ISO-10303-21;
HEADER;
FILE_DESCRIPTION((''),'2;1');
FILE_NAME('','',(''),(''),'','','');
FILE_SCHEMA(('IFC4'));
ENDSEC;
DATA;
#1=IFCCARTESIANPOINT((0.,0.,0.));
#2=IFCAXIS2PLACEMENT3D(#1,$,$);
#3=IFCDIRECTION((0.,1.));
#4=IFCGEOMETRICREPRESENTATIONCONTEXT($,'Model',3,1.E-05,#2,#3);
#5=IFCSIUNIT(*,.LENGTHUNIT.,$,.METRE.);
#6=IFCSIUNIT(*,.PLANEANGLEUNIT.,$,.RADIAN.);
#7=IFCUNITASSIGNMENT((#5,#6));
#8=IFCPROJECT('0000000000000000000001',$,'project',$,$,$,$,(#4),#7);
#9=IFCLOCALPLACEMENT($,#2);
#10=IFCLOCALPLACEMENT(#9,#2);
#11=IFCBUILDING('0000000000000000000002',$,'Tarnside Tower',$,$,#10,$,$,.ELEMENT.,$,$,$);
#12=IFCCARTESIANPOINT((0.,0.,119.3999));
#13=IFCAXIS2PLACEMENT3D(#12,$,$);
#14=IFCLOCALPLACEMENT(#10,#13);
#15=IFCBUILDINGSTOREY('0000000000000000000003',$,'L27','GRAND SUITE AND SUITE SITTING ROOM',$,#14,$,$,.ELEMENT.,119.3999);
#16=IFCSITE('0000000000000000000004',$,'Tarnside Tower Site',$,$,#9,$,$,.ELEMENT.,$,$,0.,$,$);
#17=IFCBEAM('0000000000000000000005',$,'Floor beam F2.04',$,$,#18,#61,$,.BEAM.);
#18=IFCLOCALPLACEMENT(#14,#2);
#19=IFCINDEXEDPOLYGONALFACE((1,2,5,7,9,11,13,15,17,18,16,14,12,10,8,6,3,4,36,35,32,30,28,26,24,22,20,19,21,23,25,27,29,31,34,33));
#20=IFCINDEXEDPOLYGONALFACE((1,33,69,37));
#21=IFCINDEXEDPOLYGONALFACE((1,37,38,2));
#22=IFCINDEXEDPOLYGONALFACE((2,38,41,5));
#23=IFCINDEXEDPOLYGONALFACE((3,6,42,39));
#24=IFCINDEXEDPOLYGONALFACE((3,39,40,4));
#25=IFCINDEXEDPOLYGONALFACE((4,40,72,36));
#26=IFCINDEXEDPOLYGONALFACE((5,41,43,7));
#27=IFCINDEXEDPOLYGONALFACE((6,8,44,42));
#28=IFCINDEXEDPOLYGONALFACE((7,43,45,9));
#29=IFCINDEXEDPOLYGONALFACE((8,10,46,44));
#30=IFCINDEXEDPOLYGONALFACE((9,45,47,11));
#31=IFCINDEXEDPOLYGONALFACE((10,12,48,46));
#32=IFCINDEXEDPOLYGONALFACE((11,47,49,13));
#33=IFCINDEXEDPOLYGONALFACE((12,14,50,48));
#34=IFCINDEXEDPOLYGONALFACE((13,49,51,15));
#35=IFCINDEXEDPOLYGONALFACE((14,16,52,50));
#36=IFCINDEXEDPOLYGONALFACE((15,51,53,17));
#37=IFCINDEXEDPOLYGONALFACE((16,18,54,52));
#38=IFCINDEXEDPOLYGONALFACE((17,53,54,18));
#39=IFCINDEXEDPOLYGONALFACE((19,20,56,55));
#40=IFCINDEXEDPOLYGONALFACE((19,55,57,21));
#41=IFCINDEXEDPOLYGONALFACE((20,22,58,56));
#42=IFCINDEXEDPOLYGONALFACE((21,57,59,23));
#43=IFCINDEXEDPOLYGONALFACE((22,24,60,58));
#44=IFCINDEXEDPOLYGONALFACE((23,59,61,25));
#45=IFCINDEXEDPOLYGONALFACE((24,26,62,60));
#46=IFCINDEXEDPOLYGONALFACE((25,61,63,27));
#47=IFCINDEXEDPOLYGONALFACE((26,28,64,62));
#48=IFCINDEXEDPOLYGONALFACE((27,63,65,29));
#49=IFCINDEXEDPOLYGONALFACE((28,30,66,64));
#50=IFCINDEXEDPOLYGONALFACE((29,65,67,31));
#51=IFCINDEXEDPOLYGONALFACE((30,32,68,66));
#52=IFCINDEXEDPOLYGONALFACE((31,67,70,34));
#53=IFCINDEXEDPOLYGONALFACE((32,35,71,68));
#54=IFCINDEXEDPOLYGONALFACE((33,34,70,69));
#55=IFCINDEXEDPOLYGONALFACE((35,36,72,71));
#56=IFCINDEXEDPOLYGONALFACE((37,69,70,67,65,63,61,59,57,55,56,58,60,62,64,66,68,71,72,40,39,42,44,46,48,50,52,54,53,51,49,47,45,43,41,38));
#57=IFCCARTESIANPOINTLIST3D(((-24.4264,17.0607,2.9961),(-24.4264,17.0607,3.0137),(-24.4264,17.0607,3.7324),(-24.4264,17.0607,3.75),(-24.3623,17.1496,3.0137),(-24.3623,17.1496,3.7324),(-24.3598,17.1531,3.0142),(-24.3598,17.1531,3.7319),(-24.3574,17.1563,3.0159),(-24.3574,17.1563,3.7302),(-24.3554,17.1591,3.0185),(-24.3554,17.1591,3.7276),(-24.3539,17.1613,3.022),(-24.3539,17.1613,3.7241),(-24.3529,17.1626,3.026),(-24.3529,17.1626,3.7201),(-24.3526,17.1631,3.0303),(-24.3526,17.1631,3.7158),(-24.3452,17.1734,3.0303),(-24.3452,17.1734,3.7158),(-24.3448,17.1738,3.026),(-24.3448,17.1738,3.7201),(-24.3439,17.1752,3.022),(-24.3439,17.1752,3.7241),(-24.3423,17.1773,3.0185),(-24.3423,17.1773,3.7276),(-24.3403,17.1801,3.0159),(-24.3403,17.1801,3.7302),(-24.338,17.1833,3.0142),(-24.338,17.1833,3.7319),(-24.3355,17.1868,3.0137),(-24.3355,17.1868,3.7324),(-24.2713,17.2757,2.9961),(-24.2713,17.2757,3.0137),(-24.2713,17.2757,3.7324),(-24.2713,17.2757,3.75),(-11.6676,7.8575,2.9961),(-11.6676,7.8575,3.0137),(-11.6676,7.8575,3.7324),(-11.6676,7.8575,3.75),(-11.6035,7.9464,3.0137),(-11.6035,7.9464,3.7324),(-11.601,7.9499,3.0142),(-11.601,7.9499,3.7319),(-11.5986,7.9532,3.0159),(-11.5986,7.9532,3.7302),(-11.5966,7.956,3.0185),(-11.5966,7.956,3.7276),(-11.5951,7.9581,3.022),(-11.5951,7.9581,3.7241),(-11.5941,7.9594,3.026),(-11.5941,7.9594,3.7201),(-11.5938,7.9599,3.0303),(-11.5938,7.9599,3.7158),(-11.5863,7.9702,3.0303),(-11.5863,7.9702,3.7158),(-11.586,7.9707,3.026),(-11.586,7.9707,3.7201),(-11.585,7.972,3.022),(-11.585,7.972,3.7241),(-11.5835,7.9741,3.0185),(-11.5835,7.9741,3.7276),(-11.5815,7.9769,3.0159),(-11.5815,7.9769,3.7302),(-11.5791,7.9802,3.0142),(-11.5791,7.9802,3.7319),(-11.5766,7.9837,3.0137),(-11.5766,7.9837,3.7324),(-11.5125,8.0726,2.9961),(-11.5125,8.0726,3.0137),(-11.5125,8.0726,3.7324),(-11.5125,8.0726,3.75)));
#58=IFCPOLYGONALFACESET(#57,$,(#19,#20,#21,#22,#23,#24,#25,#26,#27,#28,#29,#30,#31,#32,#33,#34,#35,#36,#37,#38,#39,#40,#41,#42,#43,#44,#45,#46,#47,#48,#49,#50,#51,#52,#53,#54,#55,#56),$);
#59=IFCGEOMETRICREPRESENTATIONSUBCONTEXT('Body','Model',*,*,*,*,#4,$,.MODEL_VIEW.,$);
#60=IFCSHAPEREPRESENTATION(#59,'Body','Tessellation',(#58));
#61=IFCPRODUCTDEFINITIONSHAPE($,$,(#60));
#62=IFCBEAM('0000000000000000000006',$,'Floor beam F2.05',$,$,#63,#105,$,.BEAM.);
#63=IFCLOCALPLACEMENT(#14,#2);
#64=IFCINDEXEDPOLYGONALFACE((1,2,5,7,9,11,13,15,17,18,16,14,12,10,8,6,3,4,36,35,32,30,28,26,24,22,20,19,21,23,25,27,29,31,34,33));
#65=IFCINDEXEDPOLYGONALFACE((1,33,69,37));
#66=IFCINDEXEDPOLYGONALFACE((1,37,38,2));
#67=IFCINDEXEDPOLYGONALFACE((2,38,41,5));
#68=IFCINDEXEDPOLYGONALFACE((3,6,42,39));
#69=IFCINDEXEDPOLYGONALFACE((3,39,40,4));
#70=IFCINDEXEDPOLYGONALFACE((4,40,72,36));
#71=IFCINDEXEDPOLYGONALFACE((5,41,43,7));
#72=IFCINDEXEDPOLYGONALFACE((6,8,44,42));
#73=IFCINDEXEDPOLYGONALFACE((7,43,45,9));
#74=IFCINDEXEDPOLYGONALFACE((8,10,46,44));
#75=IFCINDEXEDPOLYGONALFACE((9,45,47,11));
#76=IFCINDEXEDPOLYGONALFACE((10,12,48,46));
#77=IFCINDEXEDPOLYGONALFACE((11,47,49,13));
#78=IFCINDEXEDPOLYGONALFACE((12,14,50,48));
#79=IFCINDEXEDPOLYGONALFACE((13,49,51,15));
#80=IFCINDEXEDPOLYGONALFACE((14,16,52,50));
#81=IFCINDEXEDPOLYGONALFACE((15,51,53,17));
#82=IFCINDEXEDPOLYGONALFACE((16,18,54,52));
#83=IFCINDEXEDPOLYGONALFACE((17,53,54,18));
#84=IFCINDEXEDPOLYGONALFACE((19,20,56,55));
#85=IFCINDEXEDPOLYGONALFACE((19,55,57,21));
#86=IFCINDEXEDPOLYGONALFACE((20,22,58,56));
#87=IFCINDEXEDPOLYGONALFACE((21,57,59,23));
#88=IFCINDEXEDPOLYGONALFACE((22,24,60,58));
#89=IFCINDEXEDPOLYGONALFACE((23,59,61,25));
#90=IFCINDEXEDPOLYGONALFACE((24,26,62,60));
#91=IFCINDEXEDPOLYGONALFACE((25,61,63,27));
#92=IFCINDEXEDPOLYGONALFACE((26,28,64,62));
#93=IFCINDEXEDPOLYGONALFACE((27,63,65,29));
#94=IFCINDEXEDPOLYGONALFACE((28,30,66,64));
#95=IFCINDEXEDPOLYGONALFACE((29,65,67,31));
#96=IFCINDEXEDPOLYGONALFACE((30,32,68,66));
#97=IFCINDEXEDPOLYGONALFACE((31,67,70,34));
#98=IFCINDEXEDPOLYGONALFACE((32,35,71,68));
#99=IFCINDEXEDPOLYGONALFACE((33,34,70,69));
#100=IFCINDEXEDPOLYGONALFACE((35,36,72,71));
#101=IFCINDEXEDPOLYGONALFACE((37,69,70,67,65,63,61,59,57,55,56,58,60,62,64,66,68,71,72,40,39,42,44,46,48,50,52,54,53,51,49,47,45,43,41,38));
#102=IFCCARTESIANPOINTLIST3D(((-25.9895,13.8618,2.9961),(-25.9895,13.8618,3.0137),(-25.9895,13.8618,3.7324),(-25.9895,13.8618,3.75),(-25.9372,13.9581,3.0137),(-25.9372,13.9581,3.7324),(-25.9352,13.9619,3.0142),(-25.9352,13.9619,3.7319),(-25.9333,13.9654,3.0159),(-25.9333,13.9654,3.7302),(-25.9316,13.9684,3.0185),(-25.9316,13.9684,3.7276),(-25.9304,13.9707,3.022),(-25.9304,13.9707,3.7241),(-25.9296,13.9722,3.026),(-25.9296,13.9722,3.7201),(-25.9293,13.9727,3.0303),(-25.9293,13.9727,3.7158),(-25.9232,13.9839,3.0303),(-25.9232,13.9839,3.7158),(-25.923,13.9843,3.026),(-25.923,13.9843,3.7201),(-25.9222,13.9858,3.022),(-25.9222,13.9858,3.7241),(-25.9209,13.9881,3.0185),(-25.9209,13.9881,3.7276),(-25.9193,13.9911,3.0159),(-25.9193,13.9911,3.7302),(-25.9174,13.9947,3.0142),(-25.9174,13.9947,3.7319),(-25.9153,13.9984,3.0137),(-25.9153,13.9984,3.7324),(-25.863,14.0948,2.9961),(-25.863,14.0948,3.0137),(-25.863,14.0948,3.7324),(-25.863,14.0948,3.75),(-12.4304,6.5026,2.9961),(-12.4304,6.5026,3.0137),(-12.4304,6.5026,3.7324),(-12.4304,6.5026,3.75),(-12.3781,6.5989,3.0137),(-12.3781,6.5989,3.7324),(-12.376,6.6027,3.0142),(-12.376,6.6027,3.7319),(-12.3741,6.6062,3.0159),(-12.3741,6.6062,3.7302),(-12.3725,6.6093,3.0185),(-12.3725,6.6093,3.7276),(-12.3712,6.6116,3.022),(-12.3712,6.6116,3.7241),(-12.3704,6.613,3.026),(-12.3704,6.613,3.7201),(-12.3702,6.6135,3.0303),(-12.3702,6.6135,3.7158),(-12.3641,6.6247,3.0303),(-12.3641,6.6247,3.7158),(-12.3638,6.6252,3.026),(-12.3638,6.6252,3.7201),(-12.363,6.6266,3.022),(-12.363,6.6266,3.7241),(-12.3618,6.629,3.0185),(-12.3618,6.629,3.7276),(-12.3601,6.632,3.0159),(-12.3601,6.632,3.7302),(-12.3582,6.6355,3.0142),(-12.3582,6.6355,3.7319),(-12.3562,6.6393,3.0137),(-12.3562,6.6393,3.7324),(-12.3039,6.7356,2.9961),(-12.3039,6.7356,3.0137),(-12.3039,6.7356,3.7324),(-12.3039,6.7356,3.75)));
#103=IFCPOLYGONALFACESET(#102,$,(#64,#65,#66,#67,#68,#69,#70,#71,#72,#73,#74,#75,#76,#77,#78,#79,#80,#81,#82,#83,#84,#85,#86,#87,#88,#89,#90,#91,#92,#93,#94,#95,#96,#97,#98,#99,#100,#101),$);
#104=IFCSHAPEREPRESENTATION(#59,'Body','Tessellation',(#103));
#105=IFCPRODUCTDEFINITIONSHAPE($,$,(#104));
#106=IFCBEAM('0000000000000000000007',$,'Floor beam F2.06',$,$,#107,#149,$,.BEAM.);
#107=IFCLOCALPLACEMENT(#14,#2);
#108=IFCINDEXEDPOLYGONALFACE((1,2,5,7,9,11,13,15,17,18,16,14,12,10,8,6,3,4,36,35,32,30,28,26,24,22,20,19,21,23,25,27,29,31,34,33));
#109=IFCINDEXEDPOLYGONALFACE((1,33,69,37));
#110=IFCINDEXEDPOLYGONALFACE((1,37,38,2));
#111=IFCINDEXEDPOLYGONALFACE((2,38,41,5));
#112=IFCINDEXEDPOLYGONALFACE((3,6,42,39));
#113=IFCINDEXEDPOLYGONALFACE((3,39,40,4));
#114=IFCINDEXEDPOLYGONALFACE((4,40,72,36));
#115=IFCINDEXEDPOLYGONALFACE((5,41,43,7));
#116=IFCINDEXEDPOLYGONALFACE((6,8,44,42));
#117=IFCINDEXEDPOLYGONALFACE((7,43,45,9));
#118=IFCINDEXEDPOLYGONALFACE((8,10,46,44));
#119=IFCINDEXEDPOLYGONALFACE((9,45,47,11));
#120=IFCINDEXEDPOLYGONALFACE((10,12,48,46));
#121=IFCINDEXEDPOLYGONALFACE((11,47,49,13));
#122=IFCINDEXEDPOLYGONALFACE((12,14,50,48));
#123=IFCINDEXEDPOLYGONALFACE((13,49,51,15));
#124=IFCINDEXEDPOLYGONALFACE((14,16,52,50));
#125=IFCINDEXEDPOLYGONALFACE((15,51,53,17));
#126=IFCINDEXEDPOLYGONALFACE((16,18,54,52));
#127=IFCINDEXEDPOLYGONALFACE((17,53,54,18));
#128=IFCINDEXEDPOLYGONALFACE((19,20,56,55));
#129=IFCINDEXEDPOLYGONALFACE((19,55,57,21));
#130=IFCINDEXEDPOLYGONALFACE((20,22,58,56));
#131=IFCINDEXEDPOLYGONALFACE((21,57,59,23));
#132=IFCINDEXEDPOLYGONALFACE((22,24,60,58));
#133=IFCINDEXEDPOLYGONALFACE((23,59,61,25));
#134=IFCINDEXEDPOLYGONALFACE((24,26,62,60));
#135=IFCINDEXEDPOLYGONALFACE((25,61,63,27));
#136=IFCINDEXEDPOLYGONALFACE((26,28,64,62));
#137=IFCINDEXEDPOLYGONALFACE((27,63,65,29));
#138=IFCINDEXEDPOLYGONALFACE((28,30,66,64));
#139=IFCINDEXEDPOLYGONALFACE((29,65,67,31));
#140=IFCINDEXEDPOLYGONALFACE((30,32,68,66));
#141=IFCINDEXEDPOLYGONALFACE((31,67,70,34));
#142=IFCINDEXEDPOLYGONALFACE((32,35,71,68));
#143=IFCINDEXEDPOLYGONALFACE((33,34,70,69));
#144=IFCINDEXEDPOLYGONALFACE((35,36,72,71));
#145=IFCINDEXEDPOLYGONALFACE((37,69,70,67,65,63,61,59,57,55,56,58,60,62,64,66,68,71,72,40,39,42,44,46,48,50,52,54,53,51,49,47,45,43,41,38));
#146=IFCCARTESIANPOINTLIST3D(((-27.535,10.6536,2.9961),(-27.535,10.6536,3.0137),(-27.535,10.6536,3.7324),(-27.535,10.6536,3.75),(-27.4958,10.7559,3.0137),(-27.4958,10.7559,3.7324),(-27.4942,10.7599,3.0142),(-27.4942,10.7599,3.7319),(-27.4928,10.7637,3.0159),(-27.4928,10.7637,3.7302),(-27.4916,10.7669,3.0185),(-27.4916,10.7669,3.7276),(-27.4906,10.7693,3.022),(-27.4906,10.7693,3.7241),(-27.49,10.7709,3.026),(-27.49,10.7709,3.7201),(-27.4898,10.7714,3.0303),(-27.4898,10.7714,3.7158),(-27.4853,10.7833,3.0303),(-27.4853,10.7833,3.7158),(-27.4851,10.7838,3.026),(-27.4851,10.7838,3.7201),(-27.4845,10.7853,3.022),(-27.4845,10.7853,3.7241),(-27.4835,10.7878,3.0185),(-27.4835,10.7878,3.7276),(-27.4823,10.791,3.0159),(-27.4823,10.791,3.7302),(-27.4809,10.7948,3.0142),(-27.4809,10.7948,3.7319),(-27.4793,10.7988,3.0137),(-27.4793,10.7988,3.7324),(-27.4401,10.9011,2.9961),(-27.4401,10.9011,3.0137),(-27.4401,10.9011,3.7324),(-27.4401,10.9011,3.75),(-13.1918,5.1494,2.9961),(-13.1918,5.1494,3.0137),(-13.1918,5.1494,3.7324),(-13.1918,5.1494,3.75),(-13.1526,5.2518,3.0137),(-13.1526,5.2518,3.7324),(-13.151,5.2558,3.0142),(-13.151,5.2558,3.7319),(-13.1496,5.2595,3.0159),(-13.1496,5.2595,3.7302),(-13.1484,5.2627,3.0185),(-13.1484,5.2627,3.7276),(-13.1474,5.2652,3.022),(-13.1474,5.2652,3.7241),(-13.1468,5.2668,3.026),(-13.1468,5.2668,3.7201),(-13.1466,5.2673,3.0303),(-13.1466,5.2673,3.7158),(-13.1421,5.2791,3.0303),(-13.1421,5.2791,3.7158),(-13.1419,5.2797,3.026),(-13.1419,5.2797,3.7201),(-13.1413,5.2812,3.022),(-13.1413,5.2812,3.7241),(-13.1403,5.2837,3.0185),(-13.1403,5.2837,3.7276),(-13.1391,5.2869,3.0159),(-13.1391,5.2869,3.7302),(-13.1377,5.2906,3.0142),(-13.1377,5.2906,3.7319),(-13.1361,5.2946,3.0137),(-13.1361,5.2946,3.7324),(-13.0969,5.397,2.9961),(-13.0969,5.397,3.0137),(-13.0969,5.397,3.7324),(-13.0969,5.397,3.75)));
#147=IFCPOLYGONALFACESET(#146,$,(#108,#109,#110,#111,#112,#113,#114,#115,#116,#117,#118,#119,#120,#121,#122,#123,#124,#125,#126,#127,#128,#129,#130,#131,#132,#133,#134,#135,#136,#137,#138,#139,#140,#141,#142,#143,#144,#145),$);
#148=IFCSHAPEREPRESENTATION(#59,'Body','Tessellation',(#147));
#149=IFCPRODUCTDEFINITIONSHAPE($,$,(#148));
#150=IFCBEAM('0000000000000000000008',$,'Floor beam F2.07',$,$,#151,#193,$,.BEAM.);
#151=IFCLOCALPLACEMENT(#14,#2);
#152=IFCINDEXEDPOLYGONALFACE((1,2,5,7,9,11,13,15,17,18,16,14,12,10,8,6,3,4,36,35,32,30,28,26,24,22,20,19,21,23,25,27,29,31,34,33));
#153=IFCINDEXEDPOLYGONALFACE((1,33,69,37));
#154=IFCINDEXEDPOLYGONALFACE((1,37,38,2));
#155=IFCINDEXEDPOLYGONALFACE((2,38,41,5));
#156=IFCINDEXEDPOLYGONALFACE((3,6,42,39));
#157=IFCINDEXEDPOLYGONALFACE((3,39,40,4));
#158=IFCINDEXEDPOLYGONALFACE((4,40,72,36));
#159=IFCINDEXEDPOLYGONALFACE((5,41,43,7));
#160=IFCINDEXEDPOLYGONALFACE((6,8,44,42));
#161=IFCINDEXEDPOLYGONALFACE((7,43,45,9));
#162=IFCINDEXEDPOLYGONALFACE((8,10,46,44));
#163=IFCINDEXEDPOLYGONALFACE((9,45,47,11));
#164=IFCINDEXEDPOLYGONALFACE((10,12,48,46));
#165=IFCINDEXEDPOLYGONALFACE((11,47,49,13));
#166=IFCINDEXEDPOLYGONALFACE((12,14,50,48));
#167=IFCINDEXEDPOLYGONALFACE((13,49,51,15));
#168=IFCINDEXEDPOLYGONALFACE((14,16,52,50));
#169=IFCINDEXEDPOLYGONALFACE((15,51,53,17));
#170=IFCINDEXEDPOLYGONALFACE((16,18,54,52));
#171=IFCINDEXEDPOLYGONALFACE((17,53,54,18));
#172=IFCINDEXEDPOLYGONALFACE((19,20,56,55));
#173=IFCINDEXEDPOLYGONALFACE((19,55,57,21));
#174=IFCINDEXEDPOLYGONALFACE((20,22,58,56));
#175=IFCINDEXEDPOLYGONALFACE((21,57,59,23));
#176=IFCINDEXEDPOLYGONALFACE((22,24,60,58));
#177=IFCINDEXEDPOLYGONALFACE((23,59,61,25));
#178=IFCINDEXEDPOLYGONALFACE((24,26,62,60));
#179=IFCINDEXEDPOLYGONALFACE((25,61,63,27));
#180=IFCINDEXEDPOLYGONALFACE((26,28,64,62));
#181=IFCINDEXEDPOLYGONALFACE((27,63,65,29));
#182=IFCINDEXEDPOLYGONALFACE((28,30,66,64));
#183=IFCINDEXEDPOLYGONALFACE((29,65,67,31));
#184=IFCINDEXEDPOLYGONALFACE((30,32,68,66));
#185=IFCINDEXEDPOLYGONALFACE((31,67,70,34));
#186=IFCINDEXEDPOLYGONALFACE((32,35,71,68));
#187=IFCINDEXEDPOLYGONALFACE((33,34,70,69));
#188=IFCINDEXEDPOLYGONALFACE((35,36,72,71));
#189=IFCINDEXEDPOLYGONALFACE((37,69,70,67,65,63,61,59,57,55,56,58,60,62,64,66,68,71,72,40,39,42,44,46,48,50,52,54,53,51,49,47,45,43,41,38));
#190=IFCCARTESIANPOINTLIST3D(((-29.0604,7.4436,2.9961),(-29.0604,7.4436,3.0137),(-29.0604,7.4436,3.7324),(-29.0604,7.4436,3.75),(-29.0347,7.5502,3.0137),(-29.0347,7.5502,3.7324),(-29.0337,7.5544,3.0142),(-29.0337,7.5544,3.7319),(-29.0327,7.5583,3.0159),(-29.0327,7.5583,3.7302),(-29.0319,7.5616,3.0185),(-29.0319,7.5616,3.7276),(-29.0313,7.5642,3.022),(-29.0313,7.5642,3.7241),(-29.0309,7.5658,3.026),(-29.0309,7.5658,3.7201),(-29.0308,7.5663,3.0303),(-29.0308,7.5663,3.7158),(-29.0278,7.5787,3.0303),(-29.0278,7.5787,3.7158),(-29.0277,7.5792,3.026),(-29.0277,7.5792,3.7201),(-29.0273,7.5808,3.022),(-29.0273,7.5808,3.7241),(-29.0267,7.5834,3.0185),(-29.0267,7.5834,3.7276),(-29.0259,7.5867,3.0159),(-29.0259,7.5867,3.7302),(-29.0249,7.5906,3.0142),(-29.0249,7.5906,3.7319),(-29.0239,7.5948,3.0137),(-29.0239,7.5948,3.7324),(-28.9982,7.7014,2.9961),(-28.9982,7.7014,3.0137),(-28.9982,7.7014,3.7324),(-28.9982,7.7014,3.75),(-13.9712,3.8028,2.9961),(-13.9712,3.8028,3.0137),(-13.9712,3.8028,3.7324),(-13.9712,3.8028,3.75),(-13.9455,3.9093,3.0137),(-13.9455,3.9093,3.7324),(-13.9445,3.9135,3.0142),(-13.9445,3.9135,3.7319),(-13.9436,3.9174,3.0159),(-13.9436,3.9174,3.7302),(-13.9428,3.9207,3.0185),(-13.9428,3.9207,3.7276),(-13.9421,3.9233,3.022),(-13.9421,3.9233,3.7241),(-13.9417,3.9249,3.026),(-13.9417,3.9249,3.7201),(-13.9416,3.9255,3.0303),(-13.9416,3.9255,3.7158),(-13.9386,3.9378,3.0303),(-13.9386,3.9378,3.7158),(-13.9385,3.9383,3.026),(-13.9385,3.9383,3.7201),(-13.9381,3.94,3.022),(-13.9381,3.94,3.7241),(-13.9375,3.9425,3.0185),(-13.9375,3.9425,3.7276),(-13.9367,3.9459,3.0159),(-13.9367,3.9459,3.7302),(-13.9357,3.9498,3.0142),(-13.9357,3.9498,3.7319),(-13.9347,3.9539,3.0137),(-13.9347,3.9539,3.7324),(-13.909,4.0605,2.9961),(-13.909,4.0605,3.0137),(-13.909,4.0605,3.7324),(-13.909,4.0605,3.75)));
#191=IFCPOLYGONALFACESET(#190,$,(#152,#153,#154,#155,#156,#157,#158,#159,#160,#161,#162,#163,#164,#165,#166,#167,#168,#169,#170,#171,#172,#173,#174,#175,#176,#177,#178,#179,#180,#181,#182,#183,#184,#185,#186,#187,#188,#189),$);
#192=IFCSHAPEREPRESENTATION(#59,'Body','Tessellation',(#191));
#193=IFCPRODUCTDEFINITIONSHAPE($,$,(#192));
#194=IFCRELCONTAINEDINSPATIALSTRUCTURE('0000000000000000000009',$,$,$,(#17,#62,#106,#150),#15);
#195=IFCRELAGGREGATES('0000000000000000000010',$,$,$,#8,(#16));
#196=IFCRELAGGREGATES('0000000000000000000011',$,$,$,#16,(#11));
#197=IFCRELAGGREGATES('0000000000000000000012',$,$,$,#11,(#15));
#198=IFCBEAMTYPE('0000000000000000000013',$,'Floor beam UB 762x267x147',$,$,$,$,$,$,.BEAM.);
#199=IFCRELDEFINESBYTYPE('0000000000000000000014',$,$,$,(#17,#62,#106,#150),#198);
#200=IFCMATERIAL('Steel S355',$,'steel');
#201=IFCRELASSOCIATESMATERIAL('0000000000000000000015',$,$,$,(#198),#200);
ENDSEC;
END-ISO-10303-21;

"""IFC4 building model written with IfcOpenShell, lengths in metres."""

from ifc_helpers import new_model, si_unit, direction, frame, origin, origin_2d, place, context, subcontext, project, spatial, i_section, extrude, material, material_profile, profile_set, type_object, element, save


model = new_model("IFC4")

# Units and contexts
model_context = context("Model", 3, precision=1e-05, world=origin(), true_north=direction((0.0, 1.0)))
body_context = subcontext(model_context, "Body", "Model", "MODEL_VIEW")
ifc_project = project(units=[si_unit("LENGTHUNIT", "METRE"), si_unit("PLANEANGLEUNIT", "RADIAN")], contexts=[model_context])

# Site, building, storey
site_placement = place(None, origin())
site = spatial("IfcSite", under=ifc_project, at=site_placement, Name="Tarnside Tower Site", CompositionType="ELEMENT", RefElevation=0.0)
building_placement = place(site_placement, origin())
building = spatial("IfcBuilding", under=site, at=building_placement, Name="Tarnside Tower", CompositionType="ELEMENT")
storey_placement = place(building_placement, frame((0.0, 0.0, 119.3999)))
storey = spatial("IfcBuildingStorey", under=building, at=storey_placement, Name="L27", Description="GRAND SUITE AND SUITE SITTING ROOM", CompositionType="ELEMENT", Elevation=119.3999)

# Beams
ifc_material_1 = material(Name="Steel S355", Category="steel")
ifc_material_profile_1 = material_profile(ifc_material_1, i_section(OverallWidth=0.2651, OverallDepth=0.7539, WebThickness=0.0127, FlangeThickness=0.0176, FilletRadius=0.0166, at=origin_2d()), Name="UB 762x267x147")
ifc_profile_set_1 = profile_set([ifc_material_profile_1], Name="Steel S355")
beam_type_1 = type_object("IfcBeamType", Name="Floor beam UB 762x267x147", PredefinedType="BEAM", material=ifc_profile_set_1)
beam_1_placement = place(storey_placement, frame((-24.3489, 17.1682, 3.373), z_axis=(0.811028, -0.585008, 0.0), x_axis=(0.585008, 0.811028, 0.0)))
element("IfcBeam", 1, at=beam_1_placement, inside=storey, type_object=beam_type_1, Name="Floor beam F2.04", PredefinedType="BEAM", context=body_context, shape_type="SweptSolid", body=[
    extrude(i_section(OverallWidth=0.2651, OverallDepth=0.7539, WebThickness=0.0127, FlangeThickness=0.0176, FilletRadius=0.0166, at=origin_2d()), origin(), (0.0, 0.0, 1.0), 15.7317),
])
beam_2_placement = place(storey_placement, frame((-25.9263, 13.9783, 3.373), z_axis=(0.878895, -0.477016, 0.0), x_axis=(0.477016, 0.878895, 0.0)))
element("IfcBeam", 2, at=beam_2_placement, inside=storey, type_object=beam_type_1, Name="Floor beam F2.05", PredefinedType="BEAM", context=body_context, shape_type="SweptSolid", body=[
    extrude(i_section(OverallWidth=0.2651, OverallDepth=0.7539, WebThickness=0.0127, FlangeThickness=0.0176, FilletRadius=0.0166, at=origin_2d()), origin(), (0.0, 0.0, 1.0), 15.4275),
])
beam_3_placement = place(storey_placement, frame((-27.4875, 10.7773, 3.373), z_axis=(0.933618, -0.358271, 0.0), x_axis=(0.358271, 0.933618, 0.0)))
element("IfcBeam", 3, at=beam_3_placement, inside=storey, type_object=beam_type_1, Name="Floor beam F2.06", PredefinedType="BEAM", context=body_context, shape_type="SweptSolid", body=[
    extrude(i_section(OverallWidth=0.2651, OverallDepth=0.7539, WebThickness=0.0127, FlangeThickness=0.0176, FilletRadius=0.0166, at=origin_2d()), origin(), (0.0, 0.0, 1.0), 15.363),
])
beam_4_placement = place(storey_placement, frame((-29.0293, 7.5725, 3.373), z_axis=(0.972102, -0.23456, 0.0), x_axis=(0.23456, 0.972102, 0.0)))
element("IfcBeam", 4, at=beam_4_placement, inside=storey, type_object=beam_type_1, Name="Floor beam F2.07", PredefinedType="BEAM", context=body_context, shape_type="SweptSolid", body=[
    extrude(i_section(OverallWidth=0.2651, OverallDepth=0.7539, WebThickness=0.0127, FlangeThickness=0.0176, FilletRadius=0.0166, at=origin_2d()), origin(), (0.0, 0.0, 1.0), 15.5222),
])

save(model, "model.ifc")
